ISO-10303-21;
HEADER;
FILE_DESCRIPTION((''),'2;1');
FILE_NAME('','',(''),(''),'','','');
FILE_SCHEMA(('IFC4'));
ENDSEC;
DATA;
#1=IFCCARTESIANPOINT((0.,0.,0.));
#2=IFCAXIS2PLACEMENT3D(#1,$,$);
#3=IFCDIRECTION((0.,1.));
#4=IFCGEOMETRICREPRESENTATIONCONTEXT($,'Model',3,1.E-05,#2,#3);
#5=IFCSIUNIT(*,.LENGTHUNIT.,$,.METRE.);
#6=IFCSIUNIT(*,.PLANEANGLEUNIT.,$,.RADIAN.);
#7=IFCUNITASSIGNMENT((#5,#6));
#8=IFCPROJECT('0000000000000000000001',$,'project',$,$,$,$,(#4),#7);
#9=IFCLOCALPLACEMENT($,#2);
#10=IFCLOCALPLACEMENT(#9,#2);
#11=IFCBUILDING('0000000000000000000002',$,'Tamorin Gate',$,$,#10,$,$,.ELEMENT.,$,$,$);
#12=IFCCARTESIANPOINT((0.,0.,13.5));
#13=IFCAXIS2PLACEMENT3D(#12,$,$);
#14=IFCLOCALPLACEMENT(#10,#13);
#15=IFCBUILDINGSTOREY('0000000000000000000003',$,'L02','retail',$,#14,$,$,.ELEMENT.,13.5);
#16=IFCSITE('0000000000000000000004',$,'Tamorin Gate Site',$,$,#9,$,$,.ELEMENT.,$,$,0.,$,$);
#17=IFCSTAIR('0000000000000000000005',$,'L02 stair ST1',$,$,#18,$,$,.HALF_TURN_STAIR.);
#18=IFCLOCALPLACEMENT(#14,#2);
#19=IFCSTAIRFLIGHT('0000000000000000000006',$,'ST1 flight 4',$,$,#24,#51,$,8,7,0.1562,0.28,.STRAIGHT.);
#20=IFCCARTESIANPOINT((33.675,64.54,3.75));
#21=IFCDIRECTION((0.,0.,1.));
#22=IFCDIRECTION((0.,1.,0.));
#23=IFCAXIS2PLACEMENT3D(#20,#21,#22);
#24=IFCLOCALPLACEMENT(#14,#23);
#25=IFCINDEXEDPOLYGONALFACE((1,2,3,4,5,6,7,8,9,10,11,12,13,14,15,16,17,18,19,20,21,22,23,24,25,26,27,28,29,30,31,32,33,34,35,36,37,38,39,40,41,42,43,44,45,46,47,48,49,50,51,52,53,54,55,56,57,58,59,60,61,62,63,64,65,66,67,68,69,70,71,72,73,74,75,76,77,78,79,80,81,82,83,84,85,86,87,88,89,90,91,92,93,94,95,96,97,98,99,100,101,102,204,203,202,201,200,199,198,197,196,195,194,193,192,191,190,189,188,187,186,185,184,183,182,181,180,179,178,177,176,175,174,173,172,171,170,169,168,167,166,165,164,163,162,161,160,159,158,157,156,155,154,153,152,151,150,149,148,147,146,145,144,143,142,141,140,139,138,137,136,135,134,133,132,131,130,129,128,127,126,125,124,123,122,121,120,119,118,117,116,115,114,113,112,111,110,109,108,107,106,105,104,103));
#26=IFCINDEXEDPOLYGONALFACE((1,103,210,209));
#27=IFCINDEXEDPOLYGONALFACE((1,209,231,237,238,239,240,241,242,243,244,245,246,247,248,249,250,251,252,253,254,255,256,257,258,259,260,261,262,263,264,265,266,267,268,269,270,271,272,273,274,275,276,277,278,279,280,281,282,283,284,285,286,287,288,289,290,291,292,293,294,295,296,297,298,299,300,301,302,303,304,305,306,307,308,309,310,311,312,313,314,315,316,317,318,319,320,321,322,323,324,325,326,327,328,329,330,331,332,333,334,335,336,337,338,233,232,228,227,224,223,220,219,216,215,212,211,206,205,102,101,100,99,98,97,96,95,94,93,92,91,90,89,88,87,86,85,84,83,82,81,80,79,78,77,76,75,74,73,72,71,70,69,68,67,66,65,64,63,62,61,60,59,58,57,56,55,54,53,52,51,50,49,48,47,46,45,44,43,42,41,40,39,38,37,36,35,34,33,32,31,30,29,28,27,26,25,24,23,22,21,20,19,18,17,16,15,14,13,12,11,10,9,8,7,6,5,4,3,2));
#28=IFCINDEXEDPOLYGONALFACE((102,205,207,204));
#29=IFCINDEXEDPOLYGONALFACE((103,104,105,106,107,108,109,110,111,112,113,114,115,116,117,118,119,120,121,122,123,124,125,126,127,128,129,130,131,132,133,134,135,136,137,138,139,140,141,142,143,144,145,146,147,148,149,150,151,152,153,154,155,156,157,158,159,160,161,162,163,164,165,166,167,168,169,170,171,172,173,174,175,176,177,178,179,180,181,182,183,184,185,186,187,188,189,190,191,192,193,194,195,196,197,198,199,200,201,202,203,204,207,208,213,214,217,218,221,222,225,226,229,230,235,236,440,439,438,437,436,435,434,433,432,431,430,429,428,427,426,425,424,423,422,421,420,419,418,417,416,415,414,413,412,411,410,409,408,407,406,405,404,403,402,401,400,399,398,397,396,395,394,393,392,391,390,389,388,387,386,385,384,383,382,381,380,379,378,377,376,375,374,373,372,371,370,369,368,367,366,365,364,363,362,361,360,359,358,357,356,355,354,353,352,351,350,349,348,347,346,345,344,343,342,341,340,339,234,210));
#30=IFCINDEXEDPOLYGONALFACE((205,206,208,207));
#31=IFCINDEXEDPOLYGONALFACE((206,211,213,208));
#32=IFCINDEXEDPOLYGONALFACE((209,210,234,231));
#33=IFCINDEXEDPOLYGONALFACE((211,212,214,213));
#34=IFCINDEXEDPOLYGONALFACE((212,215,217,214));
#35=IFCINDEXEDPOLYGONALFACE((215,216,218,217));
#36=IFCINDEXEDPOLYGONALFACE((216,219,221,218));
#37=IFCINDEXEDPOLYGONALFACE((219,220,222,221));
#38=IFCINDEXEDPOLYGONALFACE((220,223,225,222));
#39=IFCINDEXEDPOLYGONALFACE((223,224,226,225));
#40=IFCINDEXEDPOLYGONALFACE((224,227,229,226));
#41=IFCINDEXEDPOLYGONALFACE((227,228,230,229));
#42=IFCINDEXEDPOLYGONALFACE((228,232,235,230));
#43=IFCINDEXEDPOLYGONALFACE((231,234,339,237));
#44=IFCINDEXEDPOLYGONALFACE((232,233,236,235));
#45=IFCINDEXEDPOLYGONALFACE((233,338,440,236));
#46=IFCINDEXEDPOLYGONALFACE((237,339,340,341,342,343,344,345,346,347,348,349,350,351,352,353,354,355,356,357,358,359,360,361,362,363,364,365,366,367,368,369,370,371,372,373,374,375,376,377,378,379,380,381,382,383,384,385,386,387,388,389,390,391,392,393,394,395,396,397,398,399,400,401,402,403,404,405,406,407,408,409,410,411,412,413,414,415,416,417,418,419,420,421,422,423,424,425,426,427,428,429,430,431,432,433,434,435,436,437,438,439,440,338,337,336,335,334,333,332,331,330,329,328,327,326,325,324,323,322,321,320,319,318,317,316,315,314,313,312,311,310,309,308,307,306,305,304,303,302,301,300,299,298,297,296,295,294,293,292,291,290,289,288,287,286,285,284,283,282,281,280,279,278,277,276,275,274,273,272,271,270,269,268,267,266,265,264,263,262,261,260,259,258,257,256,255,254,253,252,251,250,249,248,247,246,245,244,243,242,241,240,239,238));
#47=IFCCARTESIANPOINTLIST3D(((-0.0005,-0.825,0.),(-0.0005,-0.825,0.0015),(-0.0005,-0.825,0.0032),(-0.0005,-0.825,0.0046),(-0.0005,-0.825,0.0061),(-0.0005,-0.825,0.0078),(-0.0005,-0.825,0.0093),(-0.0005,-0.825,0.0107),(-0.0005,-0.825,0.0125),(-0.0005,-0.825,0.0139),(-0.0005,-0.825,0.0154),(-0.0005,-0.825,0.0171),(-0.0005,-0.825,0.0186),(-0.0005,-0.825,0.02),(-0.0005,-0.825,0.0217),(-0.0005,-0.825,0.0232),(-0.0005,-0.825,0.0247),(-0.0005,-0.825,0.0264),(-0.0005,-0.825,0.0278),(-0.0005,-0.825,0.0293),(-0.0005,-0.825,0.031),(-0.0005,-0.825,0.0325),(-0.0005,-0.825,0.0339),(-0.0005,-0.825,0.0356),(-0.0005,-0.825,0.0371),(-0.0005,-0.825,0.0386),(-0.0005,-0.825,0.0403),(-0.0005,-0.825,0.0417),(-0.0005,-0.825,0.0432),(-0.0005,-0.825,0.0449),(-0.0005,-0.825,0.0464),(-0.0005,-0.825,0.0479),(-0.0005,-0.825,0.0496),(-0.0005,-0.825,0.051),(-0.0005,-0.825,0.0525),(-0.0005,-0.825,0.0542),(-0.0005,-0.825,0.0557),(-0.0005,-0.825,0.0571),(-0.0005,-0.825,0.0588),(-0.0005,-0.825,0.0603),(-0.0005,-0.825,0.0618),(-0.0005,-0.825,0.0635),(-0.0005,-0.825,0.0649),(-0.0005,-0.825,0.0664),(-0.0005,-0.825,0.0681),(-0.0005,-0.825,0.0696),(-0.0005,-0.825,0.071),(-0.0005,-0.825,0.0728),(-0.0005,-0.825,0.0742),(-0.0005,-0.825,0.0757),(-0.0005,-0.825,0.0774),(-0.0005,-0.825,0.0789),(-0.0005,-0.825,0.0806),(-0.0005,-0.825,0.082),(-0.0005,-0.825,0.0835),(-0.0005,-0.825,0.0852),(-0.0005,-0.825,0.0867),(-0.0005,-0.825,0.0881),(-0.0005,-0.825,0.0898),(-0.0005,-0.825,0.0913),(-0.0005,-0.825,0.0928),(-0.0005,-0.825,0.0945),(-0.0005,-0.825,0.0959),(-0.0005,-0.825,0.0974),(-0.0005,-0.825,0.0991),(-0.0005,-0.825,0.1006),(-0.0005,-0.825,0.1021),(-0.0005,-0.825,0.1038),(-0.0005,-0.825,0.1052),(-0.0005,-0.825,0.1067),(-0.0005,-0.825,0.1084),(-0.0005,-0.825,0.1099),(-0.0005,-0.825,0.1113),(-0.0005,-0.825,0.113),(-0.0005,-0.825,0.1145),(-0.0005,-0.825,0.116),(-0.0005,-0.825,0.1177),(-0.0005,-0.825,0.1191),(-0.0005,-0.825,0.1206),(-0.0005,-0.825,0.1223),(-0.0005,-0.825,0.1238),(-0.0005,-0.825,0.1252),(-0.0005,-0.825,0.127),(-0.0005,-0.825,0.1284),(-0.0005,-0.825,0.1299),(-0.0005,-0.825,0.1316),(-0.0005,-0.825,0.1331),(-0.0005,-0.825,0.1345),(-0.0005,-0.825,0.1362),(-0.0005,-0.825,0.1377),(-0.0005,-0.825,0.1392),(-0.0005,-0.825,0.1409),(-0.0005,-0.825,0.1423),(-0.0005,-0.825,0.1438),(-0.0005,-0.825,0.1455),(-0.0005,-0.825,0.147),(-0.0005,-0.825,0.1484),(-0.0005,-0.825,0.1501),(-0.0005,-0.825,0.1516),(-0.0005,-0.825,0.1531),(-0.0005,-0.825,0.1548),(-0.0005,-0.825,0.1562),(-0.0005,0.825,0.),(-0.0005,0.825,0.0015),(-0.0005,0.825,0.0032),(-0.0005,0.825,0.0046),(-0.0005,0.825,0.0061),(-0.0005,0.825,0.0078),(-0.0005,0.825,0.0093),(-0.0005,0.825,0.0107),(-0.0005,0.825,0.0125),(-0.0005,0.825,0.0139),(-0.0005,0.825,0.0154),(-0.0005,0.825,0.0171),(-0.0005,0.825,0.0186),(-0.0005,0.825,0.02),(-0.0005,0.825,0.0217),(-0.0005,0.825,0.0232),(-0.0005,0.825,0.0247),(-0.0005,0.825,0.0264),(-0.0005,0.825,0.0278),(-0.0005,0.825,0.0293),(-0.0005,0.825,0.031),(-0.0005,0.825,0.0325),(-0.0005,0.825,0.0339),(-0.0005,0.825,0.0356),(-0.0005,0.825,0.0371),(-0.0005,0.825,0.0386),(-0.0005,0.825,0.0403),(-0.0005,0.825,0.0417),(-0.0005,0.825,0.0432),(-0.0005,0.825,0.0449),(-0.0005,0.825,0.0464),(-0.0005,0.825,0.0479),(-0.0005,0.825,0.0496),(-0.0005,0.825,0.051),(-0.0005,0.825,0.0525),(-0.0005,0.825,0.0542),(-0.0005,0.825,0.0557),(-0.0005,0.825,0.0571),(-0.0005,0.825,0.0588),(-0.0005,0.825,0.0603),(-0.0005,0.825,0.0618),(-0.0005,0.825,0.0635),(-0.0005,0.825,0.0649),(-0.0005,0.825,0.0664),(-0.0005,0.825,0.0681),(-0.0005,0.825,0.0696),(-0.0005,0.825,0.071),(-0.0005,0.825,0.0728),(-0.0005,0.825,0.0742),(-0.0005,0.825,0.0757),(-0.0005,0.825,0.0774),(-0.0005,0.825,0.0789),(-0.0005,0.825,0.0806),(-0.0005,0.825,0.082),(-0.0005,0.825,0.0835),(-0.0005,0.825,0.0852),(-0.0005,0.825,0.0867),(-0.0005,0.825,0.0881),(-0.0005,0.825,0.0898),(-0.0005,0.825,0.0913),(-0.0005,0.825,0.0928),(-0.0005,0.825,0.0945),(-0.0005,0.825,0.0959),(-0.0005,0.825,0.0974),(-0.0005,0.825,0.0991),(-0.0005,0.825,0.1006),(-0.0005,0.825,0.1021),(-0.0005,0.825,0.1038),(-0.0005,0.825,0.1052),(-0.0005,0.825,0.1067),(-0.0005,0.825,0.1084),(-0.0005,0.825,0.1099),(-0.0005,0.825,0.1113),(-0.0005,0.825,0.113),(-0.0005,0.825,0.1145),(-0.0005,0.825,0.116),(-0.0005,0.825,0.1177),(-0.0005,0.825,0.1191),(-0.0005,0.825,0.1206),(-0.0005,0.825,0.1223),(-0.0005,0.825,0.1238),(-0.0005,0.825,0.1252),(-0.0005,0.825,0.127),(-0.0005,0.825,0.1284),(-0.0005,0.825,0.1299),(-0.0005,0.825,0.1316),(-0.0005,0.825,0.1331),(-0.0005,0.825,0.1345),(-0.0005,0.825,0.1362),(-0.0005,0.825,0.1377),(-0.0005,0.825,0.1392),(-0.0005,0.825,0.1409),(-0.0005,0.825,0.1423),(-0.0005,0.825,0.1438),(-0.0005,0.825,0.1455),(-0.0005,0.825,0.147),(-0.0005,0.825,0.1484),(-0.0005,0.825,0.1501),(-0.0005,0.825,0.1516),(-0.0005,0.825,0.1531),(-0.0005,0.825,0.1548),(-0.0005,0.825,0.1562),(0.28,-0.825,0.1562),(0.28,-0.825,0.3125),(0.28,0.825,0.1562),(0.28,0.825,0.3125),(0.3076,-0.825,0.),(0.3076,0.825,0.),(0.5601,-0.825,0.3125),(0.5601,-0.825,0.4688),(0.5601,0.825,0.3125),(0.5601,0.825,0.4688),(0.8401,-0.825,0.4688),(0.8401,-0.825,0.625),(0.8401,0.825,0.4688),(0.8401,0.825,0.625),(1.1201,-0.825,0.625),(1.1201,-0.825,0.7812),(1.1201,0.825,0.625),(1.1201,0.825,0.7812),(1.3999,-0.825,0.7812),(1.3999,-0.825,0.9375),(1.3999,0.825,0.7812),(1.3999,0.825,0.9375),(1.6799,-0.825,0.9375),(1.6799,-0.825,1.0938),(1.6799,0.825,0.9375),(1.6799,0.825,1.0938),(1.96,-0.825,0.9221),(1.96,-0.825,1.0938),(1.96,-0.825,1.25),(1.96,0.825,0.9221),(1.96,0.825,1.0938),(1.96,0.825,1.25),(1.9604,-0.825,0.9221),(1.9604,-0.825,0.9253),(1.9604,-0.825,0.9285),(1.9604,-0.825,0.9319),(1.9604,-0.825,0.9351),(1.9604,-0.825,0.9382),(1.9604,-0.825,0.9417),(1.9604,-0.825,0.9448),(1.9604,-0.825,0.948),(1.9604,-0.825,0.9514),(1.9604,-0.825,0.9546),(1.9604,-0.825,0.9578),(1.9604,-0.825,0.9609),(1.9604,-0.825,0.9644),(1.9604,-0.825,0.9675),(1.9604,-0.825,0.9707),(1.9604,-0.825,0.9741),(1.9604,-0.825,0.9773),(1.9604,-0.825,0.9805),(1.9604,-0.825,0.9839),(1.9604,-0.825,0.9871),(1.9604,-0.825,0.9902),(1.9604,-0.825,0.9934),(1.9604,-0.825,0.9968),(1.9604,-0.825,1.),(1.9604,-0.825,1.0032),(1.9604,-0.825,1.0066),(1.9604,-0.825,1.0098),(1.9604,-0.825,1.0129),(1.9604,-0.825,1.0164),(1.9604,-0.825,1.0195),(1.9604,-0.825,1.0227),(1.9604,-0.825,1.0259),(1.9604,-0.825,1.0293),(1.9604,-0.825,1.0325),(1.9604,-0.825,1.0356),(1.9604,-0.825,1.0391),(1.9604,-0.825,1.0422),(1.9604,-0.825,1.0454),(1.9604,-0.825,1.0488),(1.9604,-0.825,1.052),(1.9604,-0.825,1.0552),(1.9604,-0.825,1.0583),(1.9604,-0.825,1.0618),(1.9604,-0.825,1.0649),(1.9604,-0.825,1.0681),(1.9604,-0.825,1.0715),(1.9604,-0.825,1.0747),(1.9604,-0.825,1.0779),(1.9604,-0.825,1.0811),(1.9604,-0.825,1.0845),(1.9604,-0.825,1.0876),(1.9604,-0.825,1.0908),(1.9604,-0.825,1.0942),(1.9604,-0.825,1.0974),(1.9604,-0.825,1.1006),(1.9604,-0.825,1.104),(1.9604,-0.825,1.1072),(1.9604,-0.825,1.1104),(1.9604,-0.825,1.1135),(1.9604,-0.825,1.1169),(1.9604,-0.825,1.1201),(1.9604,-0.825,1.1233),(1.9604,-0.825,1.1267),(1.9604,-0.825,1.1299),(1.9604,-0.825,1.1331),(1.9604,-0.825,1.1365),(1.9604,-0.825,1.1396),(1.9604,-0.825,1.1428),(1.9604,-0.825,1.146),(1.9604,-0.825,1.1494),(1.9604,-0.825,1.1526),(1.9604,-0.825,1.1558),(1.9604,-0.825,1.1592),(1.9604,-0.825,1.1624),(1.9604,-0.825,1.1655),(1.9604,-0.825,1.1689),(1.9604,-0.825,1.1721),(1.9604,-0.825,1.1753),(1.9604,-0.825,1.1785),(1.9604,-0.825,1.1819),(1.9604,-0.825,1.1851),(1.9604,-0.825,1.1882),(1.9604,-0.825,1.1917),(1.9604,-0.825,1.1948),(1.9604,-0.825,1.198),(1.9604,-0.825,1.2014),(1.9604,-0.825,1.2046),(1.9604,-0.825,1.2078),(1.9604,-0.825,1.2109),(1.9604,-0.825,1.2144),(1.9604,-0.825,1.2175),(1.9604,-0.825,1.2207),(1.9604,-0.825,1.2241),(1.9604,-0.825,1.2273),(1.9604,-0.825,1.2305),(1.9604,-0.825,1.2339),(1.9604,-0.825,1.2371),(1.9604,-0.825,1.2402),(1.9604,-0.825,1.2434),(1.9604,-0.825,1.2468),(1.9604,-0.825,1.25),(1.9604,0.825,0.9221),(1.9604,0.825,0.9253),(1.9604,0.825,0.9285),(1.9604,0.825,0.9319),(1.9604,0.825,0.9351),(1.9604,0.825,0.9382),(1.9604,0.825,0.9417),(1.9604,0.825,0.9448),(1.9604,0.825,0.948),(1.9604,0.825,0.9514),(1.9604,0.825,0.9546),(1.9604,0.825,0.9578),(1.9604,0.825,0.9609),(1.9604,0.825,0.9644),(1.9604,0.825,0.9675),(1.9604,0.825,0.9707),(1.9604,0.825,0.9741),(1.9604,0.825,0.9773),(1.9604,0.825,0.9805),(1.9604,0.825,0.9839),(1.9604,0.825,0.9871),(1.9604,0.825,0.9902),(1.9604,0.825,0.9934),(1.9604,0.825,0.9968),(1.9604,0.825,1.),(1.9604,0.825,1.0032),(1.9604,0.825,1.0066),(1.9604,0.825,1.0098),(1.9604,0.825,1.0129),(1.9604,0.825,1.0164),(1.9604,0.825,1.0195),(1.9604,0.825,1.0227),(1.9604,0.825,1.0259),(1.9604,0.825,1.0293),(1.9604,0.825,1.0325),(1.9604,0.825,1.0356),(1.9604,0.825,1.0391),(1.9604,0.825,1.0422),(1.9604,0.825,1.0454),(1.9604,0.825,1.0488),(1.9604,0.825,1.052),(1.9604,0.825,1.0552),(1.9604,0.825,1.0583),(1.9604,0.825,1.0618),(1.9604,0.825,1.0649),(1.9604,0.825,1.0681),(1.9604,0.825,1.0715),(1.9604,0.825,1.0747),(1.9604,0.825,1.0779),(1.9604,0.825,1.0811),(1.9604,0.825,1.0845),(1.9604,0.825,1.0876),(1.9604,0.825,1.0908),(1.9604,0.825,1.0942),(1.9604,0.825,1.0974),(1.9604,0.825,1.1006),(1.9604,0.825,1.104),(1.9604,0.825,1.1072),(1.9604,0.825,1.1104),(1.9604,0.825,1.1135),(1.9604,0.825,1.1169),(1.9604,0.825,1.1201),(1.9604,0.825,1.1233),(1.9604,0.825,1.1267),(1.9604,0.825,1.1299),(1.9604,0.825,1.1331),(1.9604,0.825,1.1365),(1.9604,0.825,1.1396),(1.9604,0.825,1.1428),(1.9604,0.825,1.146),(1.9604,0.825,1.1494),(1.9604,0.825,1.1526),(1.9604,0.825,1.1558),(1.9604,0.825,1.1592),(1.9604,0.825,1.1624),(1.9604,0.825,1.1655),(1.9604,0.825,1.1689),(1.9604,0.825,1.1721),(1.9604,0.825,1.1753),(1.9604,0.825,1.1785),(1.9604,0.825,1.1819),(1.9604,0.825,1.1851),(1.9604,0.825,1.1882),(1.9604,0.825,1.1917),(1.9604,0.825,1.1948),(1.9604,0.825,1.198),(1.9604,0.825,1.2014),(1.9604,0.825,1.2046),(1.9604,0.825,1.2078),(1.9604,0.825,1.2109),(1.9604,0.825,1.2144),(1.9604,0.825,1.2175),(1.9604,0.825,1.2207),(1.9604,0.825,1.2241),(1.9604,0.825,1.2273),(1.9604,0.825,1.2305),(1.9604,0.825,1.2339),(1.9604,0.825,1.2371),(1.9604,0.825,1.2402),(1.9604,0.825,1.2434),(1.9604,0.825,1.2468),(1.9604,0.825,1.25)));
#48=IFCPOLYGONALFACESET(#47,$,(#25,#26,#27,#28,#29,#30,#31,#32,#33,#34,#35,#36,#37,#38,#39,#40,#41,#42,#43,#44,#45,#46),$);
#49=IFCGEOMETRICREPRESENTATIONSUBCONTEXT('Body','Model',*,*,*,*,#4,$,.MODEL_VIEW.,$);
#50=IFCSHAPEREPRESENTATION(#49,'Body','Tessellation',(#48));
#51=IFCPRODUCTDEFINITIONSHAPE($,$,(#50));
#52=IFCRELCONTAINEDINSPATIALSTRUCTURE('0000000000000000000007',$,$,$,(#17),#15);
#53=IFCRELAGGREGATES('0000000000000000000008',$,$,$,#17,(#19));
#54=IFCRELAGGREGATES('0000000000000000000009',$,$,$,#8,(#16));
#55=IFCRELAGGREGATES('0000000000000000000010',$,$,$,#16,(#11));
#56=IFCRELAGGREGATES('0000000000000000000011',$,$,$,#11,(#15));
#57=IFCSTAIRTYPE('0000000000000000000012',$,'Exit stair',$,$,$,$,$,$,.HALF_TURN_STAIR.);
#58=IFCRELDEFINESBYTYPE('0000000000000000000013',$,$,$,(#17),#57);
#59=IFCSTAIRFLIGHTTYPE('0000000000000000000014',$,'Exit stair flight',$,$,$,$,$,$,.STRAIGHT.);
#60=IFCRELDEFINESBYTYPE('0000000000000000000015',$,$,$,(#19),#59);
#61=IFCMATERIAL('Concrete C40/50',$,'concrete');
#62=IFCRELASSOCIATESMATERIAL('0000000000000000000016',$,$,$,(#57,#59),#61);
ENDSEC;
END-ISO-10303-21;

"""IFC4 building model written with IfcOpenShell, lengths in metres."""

from ifc_helpers import new_model, si_unit, direction, frame, origin, place, context, subcontext, project, spatial, polyline, outline, extrude, material, type_object, element, aggregate, save


model = new_model("IFC4")

# Units and contexts
model_context = context("Model", 3, precision=1e-05, world=origin(), true_north=direction((0.0, 1.0)))
body_context = subcontext(model_context, "Body", "Model", "MODEL_VIEW")
ifc_project = project(units=[si_unit("LENGTHUNIT", "METRE"), si_unit("PLANEANGLEUNIT", "RADIAN")], contexts=[model_context])

# Site, building, storey
site_placement = place(None, origin())
site = spatial("IfcSite", under=ifc_project, at=site_placement, Name="Tamorin Gate Site", CompositionType="ELEMENT", RefElevation=0.0)
building_placement = place(site_placement, origin())
building = spatial("IfcBuilding", under=site, at=building_placement, Name="Tamorin Gate", CompositionType="ELEMENT")
storey_placement = place(building_placement, frame((0.0, 0.0, 13.5)))
storey = spatial("IfcBuildingStorey", under=building, at=storey_placement, Name="L02", Description="retail", CompositionType="ELEMENT", Elevation=13.5)

# Stair, stair flight
ifc_material_1 = material(Name="Concrete C40/50", Category="concrete")
stair_type = type_object("IfcStairType", Name="Exit stair", PredefinedType="HALF_TURN_STAIR", material=ifc_material_1)
stair_placement = place(storey_placement, origin())
stair = element("IfcStair", 1, at=stair_placement, inside=storey, type_object=stair_type, Name="L02 stair ST1", PredefinedType="HALF_TURN_STAIR")
stair_flight_type = type_object("IfcStairFlightType", Name="Exit stair flight", PredefinedType="STRAIGHT", material=ifc_material_1)
stair_flight_1_placement = place(storey_placement, frame((33.675, 64.54, 3.75), z_axis=(0.0, 0.0, 1.0), x_axis=(0.0, 1.0, 0.0)))
stair_flight_1 = element("IfcStairFlight", 2, at=stair_flight_1_placement, type_object=stair_flight_type, Name="ST1 flight 4", NumberOfRisers=8, NumberOfTreads=7, PredefinedType="STRAIGHT", RiserHeight=0.1562, TreadLength=0.28, context=body_context, shape_type="SweptSolid", body=[
    extrude(outline(polyline([(-0.0005, 0.0), (-0.0005, 0.0015), (-0.0005, 0.0032), (-0.0005, 0.0046), (-0.0005, 0.0061), (-0.0005, 0.0078), (-0.0005, 0.0093), (-0.0005, 0.0107), (-0.0005, 0.0125), (-0.0005, 0.0139), (-0.0005, 0.0154), (-0.0005, 0.0171), (-0.0005, 0.0186), (-0.0005, 0.02), (-0.0005, 0.0217), (-0.0005, 0.0232), (-0.0005, 0.0247), (-0.0005, 0.0264), (-0.0005, 0.0278), (-0.0005, 0.0293), (-0.0005, 0.031), (-0.0005, 0.0325), (-0.0005, 0.0339), (-0.0005, 0.0356), (-0.0005, 0.0371), (-0.0005, 0.0386), (-0.0005, 0.0403), (-0.0005, 0.0417), (-0.0005, 0.0432), (-0.0005, 0.0449), (-0.0005, 0.0464), (-0.0005, 0.0479), (-0.0005, 0.0496), (-0.0005, 0.051), (-0.0005, 0.0525), (-0.0005, 0.0542), (-0.0005, 0.0557), (-0.0005, 0.0571), (-0.0005, 0.0588), (-0.0005, 0.0603), (-0.0005, 0.0618), (-0.0005, 0.0635), (-0.0005, 0.0649), (-0.0005, 0.0664), (-0.0005, 0.0681), (-0.0005, 0.0696), (-0.0005, 0.071), (-0.0005, 0.0728), (-0.0005, 0.0742), (-0.0005, 0.0757), (-0.0005, 0.0774), (-0.0005, 0.0789), (-0.0005, 0.0806), (-0.0005, 0.082), (-0.0005, 0.0835), (-0.0005, 0.0852), (-0.0005, 0.0867), (-0.0005, 0.0881), (-0.0005, 0.0898), (-0.0005, 0.0913), (-0.0005, 0.0928), (-0.0005, 0.0945), (-0.0005, 0.0959), (-0.0005, 0.0974), (-0.0005, 0.0991), (-0.0005, 0.1006), (-0.0005, 0.1021), (-0.0005, 0.1038), (-0.0005, 0.1052), (-0.0005, 0.1067), (-0.0005, 0.1084), (-0.0005, 0.1099), (-0.0005, 0.1113), (-0.0005, 0.113), (-0.0005, 0.1145), (-0.0005, 0.116), (-0.0005, 0.1177), (-0.0005, 0.1191), (-0.0005, 0.1206), (-0.0005, 0.1223), (-0.0005, 0.1238), (-0.0005, 0.1252), (-0.0005, 0.127), (-0.0005, 0.1284), (-0.0005, 0.1299), (-0.0005, 0.1316), (-0.0005, 0.1331), (-0.0005, 0.1345), (-0.0005, 0.1362), (-0.0005, 0.1377), (-0.0005, 0.1392), (-0.0005, 0.1409), (-0.0005, 0.1423), (-0.0005, 0.1438), (-0.0005, 0.1455), (-0.0005, 0.147), (-0.0005, 0.1484), (-0.0005, 0.1501), (-0.0005, 0.1516), (-0.0005, 0.1531), (-0.0005, 0.1548), (-0.0005, 0.1562), (0.28, 0.1562), (0.28, 0.3125), (0.5601, 0.3125), (0.5601, 0.4688), (0.8401, 0.4688), (0.8401, 0.625), (1.1201, 0.625), (1.1201, 0.7812), (1.3999, 0.7812), (1.3999, 0.9375), (1.6799, 0.9375), (1.6799, 1.0938), (1.96, 1.0938), (1.96, 1.25), (1.9604, 1.25), (1.9604, 1.2468), (1.9604, 1.2434), (1.9604, 1.2402), (1.9604, 1.2371), (1.9604, 1.2339), (1.9604, 1.2305), (1.9604, 1.2273), (1.9604, 1.2241), (1.9604, 1.2207), (1.9604, 1.2175), (1.9604, 1.2144), (1.9604, 1.2109), (1.9604, 1.2078), (1.9604, 1.2046), (1.9604, 1.2014), (1.9604, 1.198), (1.9604, 1.1948), (1.9604, 1.1917), (1.9604, 1.1882), (1.9604, 1.1851), (1.9604, 1.1819), (1.9604, 1.1785), (1.9604, 1.1753), (1.9604, 1.1721), (1.9604, 1.1689), (1.9604, 1.1655), (1.9604, 1.1624), (1.9604, 1.1592), (1.9604, 1.1558), (1.9604, 1.1526), (1.9604, 1.1494), (1.9604, 1.146), (1.9604, 1.1428), (1.9604, 1.1396), (1.9604, 1.1365), (1.9604, 1.1331), (1.9604, 1.1299), (1.9604, 1.1267), (1.9604, 1.1233), (1.9604, 1.1201), (1.9604, 1.1169), (1.9604, 1.1135), (1.9604, 1.1104), (1.9604, 1.1072), (1.9604, 1.104), (1.9604, 1.1006), (1.9604, 1.0974), (1.9604, 1.0942), (1.9604, 1.0908), (1.9604, 1.0876), (1.9604, 1.0845), (1.9604, 1.0811), (1.9604, 1.0779), (1.9604, 1.0747), (1.9604, 1.0715), (1.9604, 1.0681), (1.9604, 1.0649), (1.9604, 1.0618), (1.9604, 1.0583), (1.9604, 1.0552), (1.9604, 1.052), (1.9604, 1.0488), (1.9604, 1.0454), (1.9604, 1.0422), (1.9604, 1.0391), (1.9604, 1.0356), (1.9604, 1.0325), (1.9604, 1.0293), (1.9604, 1.0259), (1.9604, 1.0227), (1.9604, 1.0195), (1.9604, 1.0164), (1.9604, 1.0129), (1.9604, 1.0098), (1.9604, 1.0066), (1.9604, 1.0032), (1.9604, 1.0), (1.9604, 0.9968), (1.9604, 0.9934), (1.9604, 0.9902), (1.9604, 0.9871), (1.9604, 0.9839), (1.9604, 0.9805), (1.9604, 0.9773), (1.9604, 0.9741), (1.9604, 0.9707), (1.9604, 0.9675), (1.9604, 0.9644), (1.9604, 0.9609), (1.9604, 0.9578), (1.9604, 0.9546), (1.9604, 0.9514), (1.9604, 0.948), (1.9604, 0.9448), (1.9604, 0.9417), (1.9604, 0.9382), (1.9604, 0.9351), (1.9604, 0.9319), (1.9604, 0.9285), (1.9604, 0.9253), (1.9604, 0.9221), (1.96, 0.9221), (0.3076, 0.0), (-0.0005, 0.0)])), frame((0.0, 0.825, 0.0), z_axis=(0.0, -1.0, 0.0), x_axis=(1.0, 0.0, 0.0)), (0.0, 0.0, 1.0), 1.6499),
])
aggregate(stair, [stair_flight_1])

save(model, "model.ifc")
